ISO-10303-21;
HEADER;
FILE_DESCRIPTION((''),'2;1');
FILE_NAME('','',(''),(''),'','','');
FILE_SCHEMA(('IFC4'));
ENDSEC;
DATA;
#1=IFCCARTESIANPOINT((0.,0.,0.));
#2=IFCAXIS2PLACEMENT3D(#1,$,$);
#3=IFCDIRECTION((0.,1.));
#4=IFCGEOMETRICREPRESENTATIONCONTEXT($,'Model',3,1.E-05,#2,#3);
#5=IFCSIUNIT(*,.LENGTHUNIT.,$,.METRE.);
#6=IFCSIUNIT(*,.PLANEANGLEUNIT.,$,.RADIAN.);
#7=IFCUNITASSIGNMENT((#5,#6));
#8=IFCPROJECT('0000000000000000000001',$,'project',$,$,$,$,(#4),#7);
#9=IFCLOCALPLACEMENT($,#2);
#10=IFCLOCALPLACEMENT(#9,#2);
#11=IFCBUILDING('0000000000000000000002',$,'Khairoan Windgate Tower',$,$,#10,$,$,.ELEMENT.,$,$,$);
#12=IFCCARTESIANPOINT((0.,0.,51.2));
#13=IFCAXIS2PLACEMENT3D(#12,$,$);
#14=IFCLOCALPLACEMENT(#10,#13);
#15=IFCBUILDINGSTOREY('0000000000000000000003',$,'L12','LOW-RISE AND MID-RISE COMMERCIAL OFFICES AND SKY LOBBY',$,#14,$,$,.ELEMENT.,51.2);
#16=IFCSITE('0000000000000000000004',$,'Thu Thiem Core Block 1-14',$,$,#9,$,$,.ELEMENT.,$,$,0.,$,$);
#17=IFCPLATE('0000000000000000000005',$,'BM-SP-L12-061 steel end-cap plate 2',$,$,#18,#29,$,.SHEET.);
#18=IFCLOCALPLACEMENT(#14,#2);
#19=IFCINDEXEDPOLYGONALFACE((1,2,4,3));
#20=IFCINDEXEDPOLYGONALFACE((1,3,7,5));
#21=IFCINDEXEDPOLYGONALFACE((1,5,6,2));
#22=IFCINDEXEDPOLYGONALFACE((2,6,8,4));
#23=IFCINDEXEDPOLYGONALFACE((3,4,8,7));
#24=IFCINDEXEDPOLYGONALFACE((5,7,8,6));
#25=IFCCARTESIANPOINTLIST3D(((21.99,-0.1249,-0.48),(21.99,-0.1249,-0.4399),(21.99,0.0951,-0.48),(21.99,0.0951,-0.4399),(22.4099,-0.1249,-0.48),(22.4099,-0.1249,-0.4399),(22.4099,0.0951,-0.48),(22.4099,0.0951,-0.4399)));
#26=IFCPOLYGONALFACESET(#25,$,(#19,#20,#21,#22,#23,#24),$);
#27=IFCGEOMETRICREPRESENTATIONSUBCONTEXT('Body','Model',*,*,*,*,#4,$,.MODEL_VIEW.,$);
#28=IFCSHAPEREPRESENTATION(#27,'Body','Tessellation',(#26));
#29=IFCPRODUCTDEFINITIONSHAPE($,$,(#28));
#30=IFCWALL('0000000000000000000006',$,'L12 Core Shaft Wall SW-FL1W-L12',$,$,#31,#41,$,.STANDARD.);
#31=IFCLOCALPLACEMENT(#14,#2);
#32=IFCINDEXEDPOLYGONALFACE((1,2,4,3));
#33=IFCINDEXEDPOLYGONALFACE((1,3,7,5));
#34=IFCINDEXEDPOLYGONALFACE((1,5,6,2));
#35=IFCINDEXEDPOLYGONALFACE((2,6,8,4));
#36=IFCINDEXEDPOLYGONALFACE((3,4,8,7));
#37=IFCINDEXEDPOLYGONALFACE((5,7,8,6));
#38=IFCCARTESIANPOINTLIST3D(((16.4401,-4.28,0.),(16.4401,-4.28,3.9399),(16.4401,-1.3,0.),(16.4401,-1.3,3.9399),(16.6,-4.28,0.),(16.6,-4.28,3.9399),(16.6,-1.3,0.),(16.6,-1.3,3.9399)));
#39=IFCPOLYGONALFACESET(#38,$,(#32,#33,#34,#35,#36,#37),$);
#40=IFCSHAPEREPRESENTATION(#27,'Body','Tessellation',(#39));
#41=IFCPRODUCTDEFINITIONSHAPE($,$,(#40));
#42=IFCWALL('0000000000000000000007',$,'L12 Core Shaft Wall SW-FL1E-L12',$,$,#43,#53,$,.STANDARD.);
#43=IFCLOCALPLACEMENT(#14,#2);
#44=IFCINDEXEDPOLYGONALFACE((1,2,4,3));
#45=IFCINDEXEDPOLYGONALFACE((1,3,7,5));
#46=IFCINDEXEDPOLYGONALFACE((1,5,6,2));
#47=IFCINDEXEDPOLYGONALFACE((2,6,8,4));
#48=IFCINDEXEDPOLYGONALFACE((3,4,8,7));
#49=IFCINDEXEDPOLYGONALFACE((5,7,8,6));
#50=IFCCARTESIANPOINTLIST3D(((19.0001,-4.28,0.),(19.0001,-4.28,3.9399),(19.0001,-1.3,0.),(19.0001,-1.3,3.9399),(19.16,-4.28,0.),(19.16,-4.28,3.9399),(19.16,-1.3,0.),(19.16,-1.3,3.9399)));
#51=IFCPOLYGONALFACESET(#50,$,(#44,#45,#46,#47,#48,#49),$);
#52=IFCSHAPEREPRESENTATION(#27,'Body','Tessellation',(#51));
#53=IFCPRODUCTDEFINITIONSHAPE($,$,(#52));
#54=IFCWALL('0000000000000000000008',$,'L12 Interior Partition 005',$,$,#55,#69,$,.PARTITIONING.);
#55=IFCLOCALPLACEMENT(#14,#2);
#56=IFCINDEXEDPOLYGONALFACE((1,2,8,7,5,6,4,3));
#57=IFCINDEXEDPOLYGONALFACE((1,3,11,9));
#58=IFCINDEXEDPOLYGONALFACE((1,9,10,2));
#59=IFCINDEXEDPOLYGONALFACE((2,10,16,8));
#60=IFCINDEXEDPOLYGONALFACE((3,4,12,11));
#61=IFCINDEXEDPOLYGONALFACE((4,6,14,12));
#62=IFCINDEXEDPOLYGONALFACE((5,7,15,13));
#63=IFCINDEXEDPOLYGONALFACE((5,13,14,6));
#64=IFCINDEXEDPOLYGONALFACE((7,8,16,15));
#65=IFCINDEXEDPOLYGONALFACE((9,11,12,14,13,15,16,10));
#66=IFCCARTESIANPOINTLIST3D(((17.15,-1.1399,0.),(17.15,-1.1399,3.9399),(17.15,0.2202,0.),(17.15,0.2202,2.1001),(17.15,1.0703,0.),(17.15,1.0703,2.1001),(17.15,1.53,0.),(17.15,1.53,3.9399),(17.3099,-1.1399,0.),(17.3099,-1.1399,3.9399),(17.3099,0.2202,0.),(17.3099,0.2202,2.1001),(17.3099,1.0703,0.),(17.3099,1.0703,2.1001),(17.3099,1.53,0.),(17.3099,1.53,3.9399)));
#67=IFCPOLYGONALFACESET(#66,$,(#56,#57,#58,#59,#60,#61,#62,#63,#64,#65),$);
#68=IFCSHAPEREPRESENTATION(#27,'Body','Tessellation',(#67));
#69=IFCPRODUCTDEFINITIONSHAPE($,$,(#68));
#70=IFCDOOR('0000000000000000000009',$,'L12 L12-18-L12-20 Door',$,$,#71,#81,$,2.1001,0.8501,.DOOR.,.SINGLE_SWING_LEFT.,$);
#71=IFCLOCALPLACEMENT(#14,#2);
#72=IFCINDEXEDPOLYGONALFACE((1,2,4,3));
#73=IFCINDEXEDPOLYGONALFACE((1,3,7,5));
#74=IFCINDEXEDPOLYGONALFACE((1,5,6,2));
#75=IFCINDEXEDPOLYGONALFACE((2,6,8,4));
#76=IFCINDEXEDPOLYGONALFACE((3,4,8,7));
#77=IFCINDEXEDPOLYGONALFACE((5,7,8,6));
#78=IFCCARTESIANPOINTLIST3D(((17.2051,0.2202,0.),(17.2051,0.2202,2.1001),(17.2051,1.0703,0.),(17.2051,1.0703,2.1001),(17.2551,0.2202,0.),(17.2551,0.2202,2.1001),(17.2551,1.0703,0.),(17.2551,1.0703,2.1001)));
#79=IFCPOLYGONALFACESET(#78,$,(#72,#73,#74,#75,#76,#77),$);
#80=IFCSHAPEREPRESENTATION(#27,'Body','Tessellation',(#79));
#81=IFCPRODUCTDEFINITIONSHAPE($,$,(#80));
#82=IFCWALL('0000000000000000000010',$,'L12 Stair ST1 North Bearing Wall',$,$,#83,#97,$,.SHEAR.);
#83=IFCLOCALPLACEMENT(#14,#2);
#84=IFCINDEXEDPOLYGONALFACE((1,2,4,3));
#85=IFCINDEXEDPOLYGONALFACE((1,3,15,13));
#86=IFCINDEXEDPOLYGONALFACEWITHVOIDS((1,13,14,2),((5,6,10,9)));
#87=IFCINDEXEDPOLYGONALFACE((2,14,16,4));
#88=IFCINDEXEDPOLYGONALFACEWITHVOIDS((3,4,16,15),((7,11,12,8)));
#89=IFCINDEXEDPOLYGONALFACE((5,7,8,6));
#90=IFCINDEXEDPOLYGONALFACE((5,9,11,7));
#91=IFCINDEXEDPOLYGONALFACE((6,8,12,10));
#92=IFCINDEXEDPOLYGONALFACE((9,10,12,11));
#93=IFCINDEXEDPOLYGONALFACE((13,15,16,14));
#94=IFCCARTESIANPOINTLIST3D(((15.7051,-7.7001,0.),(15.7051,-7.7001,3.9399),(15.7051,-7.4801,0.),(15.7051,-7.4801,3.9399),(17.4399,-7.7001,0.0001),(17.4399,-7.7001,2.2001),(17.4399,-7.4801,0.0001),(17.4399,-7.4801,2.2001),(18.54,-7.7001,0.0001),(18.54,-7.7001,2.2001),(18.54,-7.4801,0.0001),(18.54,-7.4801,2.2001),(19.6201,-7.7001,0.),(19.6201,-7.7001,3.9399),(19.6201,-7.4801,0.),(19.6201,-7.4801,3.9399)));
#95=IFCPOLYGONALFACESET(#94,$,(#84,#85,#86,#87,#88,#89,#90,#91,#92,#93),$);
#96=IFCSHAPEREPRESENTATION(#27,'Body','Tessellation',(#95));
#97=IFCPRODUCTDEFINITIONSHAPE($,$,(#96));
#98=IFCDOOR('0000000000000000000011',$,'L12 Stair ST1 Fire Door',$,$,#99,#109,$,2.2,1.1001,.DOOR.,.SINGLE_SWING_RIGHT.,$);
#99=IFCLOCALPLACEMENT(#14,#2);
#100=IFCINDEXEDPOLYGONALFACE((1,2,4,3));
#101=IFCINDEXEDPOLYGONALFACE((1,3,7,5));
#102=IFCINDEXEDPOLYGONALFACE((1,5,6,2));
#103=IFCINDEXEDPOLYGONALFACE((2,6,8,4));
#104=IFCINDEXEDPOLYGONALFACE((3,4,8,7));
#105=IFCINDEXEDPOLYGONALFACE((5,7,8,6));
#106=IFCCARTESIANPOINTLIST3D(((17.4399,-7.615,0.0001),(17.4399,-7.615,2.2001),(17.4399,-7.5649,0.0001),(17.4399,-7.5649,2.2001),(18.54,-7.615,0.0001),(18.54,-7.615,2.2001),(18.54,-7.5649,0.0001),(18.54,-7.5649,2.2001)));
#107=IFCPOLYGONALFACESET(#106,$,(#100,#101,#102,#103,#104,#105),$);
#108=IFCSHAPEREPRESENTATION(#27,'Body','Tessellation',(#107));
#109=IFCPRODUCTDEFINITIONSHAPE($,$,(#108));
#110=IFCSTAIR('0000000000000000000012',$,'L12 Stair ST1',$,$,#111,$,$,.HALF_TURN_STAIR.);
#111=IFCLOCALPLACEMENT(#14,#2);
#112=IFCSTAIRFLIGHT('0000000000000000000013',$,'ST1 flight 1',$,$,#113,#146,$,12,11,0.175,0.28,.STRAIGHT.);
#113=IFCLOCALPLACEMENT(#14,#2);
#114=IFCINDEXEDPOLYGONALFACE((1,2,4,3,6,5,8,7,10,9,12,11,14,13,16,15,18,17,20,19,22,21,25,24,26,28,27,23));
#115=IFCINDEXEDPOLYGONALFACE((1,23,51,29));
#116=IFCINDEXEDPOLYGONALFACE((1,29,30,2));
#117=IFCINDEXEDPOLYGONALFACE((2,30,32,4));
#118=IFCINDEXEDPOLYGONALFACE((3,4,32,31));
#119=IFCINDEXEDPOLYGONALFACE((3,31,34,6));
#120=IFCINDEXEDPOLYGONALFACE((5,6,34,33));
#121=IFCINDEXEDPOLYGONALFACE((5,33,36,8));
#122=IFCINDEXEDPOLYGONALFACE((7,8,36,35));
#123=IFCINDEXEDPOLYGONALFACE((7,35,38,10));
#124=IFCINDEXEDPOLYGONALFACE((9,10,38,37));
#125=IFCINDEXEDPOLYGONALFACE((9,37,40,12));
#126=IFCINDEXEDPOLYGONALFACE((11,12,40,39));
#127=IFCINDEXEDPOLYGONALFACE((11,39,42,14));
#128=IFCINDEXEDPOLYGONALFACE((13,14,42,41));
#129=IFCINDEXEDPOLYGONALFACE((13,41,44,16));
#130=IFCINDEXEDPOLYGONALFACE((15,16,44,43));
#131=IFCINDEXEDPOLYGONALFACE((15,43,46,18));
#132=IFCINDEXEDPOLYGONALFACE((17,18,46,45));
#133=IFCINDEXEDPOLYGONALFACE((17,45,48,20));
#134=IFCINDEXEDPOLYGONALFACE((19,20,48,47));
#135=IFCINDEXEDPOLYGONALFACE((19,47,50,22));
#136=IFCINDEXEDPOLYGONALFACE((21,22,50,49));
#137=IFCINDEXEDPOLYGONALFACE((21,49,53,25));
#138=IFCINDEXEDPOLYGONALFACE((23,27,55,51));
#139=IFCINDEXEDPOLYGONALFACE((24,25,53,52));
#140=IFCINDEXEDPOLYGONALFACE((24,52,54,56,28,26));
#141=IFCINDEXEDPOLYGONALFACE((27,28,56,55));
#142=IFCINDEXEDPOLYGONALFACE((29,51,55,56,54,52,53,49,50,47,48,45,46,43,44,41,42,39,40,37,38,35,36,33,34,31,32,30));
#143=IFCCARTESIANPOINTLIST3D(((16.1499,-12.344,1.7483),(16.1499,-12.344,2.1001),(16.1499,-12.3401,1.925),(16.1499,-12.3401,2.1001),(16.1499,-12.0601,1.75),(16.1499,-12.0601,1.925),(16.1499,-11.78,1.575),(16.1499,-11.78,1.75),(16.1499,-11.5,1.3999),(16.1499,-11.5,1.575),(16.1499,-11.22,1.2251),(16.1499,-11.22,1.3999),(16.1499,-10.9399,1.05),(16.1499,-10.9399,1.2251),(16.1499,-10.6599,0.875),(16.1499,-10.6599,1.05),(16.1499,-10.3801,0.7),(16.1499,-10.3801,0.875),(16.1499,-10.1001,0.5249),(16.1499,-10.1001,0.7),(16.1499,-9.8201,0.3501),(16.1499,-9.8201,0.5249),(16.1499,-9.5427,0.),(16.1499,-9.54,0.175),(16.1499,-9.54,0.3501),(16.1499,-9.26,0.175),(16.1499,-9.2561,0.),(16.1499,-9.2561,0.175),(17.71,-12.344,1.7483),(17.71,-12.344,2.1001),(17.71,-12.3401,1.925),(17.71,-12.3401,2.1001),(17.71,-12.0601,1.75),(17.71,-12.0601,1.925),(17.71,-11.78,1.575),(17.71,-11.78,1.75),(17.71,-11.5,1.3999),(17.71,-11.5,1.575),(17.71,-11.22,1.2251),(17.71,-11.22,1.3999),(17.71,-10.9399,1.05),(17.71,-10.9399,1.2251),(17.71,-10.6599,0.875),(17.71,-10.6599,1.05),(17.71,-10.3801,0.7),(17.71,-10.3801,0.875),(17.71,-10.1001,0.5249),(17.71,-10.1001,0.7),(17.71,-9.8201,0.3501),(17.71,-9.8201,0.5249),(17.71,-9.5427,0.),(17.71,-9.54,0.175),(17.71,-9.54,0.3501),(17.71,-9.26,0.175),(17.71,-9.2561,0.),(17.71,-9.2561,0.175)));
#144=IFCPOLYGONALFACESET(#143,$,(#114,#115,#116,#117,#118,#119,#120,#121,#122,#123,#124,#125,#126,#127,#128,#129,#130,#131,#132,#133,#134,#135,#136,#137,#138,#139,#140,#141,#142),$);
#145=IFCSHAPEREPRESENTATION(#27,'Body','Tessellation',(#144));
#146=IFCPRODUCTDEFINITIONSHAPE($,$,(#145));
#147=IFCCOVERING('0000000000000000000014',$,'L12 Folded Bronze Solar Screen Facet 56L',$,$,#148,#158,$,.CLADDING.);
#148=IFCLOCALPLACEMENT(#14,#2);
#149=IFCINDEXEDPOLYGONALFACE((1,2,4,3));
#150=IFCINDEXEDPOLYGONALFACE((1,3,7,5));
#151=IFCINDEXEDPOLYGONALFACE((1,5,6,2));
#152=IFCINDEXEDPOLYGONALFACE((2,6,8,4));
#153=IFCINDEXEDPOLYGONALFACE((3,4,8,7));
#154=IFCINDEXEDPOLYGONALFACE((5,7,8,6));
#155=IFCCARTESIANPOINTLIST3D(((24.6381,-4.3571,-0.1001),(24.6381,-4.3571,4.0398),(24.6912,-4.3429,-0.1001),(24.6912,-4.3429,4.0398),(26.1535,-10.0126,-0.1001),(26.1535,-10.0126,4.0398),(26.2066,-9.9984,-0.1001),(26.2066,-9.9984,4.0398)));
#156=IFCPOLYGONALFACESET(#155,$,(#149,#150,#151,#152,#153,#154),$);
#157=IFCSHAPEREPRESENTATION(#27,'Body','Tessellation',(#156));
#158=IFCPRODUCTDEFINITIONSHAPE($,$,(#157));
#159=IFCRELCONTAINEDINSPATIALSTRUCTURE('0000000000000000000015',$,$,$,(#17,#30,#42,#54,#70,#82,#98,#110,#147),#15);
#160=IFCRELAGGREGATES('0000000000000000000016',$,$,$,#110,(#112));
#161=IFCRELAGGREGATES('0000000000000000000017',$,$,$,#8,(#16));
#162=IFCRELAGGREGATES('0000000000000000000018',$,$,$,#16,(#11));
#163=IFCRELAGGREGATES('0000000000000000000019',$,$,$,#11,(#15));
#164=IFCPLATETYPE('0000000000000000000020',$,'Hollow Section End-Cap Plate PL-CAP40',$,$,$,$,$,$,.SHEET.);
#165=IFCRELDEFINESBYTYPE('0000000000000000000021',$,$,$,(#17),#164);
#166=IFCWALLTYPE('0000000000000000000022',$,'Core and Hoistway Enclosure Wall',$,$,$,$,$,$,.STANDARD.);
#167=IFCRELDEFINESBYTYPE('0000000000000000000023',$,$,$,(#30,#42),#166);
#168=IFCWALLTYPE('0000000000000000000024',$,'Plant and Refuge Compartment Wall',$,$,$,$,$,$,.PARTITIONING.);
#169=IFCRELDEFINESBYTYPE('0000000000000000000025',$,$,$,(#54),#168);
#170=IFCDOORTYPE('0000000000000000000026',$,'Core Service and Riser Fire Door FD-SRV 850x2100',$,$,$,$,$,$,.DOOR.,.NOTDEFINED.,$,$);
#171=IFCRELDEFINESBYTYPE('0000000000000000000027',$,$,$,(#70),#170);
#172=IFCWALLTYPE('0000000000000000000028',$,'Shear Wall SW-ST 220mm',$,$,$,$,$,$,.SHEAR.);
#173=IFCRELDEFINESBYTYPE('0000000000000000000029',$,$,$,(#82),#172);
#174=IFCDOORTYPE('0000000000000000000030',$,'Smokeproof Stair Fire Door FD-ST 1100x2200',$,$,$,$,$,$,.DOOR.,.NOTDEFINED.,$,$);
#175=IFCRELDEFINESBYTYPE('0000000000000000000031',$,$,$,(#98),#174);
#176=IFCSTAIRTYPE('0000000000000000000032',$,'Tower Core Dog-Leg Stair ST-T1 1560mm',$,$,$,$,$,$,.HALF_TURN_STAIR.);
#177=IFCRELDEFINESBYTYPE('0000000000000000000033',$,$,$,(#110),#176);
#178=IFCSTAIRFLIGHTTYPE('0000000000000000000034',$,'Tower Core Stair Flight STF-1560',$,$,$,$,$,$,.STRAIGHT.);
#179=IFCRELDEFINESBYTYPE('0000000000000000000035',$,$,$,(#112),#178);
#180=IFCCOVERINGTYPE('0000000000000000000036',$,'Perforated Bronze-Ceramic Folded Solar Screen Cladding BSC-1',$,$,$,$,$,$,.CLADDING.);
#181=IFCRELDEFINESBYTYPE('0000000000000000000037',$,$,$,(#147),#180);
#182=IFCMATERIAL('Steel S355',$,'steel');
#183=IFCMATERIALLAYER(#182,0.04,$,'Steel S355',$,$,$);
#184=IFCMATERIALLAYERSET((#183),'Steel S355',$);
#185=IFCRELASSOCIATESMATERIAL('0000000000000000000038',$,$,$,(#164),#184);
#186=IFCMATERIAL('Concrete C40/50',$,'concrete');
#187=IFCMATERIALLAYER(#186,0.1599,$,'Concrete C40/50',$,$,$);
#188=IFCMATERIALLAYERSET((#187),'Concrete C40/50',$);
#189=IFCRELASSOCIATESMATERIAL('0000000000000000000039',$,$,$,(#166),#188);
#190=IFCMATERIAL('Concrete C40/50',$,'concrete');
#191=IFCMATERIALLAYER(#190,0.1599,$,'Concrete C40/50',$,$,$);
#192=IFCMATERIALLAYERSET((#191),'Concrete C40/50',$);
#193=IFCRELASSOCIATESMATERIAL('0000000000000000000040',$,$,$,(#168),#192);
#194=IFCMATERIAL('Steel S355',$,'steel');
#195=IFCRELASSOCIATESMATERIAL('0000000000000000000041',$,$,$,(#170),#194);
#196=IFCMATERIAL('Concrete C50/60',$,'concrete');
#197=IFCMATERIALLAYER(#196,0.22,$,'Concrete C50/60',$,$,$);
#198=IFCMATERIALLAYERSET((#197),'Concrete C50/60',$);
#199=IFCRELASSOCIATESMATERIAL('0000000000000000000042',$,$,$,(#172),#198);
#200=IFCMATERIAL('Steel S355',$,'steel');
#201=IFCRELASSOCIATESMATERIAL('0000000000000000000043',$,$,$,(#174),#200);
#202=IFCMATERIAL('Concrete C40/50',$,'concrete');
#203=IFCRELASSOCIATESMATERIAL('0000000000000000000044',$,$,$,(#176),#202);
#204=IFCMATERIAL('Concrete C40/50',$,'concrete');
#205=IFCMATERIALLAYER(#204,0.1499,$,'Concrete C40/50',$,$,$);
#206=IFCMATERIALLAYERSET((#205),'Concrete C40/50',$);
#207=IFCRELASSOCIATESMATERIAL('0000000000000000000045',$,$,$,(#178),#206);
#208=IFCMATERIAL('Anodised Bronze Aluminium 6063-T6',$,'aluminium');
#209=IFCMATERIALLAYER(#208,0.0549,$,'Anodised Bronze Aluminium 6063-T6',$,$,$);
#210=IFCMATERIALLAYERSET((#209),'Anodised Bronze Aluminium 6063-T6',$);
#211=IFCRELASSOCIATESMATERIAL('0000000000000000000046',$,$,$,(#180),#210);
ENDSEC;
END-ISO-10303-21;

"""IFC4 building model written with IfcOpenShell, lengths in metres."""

from ifc_helpers import new_model, si_unit, direction, frame, frame_2d, origin, origin_2d, place, context, subcontext, project, spatial, polyline, rectangle, outline, extrude, material, layer, layer_set, type_object, element, fill, aggregate, save


model = new_model("IFC4")

# Units and contexts
model_context = context("Model", 3, precision=1e-05, world=origin(), true_north=direction((0.0, 1.0)))
body_context = subcontext(model_context, "Body", "Model", "MODEL_VIEW")
ifc_project = project(units=[si_unit("LENGTHUNIT", "METRE"), si_unit("PLANEANGLEUNIT", "RADIAN")], contexts=[model_context])

# Site, building, storey
site_placement = place(None, origin())
site = spatial("IfcSite", under=ifc_project, at=site_placement, Name="Thu Thiem Core Block 1-14", CompositionType="ELEMENT", RefElevation=0.0)
building_placement = place(site_placement, origin())
building = spatial("IfcBuilding", under=site, at=building_placement, Name="Khairoan Windgate Tower", CompositionType="ELEMENT")
storey_placement = place(building_placement, frame((0.0, 0.0, 51.2)))
storey = spatial("IfcBuildingStorey", under=building, at=storey_placement, Name="L12", Description="LOW-RISE AND MID-RISE COMMERCIAL OFFICES AND SKY LOBBY", CompositionType="ELEMENT", Elevation=51.2)

# Plate
ifc_material_1 = material(Name="Steel S355", Category="steel")
ifc_layer_1 = layer(ifc_material_1, 0.04, Name="Steel S355")
ifc_layer_set_1 = layer_set([ifc_layer_1], Name="Steel S355")
plate_type = type_object("IfcPlateType", Name="Hollow Section End-Cap Plate PL-CAP40", PredefinedType="SHEET", material=ifc_layer_set_1)
for number, where, z_axis, x_axis, name in (
    (1, (22.2, -0.0149, -0.48), (0.0, 0.0, 1.0), (0.0, 1.0, 0.0), "BM-SP-L12-061 steel end-cap plate 2"),
):
    element("IfcPlate", number, at=place(storey_placement, frame(where, z_axis=z_axis, x_axis=x_axis)), inside=storey, type_object=plate_type, Name=name, PredefinedType="SHEET", context=body_context, shape_type="SweptSolid", body=[
        extrude(rectangle(XDim=0.22, YDim=0.4199, at=origin_2d()), origin(), (0.0, 0.0, 1.0), 0.04),
    ])

# Walls
ifc_material_2 = material(Name="Concrete C40/50", Category="concrete")
ifc_layer_2 = layer(ifc_material_2, 0.1599, Name="Concrete C40/50")
ifc_layer_set_2 = layer_set([ifc_layer_2], Name="Concrete C40/50")
wall_type_1 = type_object("IfcWallType", Name="Core and Hoistway Enclosure Wall", PredefinedType="STANDARD", material=ifc_layer_set_2)
for number, where, z_axis, x_axis, name in (
    (2, (16.52, -4.28, 0.0), (0.0, 0.0, 1.0), (0.0, 1.0, 0.0), "L12 Core Shaft Wall SW-FL1W-L12"),
    (3, (19.0801, -4.28, 0.0), (0.0, 0.0, 1.0), (0.0, 1.0, 0.0), "L12 Core Shaft Wall SW-FL1E-L12"),
):
    element("IfcWall", number, at=place(storey_placement, frame(where, z_axis=z_axis, x_axis=x_axis)), inside=storey, type_object=wall_type_1, Name=name, PredefinedType="STANDARD", context=body_context, shape_type="SweptSolid", body=[
        extrude(rectangle(XDim=2.98, YDim=0.1599, at=frame_2d((1.49, 0.0))), origin(), (0.0, 0.0, 1.0), 3.9399),
    ])

# Walls, openings, doors
ifc_material_3 = material(Name="Concrete C40/50", Category="concrete")
ifc_layer_3 = layer(ifc_material_3, 0.1599, Name="Concrete C40/50")
ifc_layer_set_3 = layer_set([ifc_layer_3], Name="Concrete C40/50")
wall_type_2 = type_object("IfcWallType", Name="Plant and Refuge Compartment Wall", PredefinedType="PARTITIONING", material=ifc_layer_set_3)
wall_1_placement = place(storey_placement, frame((17.23, -1.1399, 0.0), z_axis=(0.0, 0.0, 1.0), x_axis=(0.0, 1.0, 0.0)))
wall_1 = element("IfcWall", 4, at=wall_1_placement, inside=storey, type_object=wall_type_2, Name="L12 Interior Partition 005", PredefinedType="PARTITIONING", context=body_context, shape_type="SweptSolid", body=[
    extrude(rectangle(XDim=2.6699, YDim=0.1599, at=frame_2d((1.335, 0.0))), origin(), (0.0, 0.0, 1.0), 3.9399),
])
opening_1_placement = place(wall_1_placement, frame((1.3601, 0.0, 0.0)))
opening_1 = element("IfcOpeningElement", 5, at=opening_1_placement, cuts=wall_1, PredefinedType="OPENING", context=body_context, shape_type="SweptSolid", body=[
    extrude(rectangle(XDim=0.8501, YDim=2.1001, at=frame_2d((0.425, 1.05))), frame((0.0, 0.0898, 0.0), z_axis=(0.0, -1.0, 0.0), x_axis=(1.0, 0.0, 0.0)), (0.0, 0.0, 1.0), 0.1799),
])
ifc_material_4 = material(Name="Steel S355", Category="steel")
door_type_1 = type_object("IfcDoorType", Name="Core Service and Riser Fire Door FD-SRV 850x2100", OperationType="NOTDEFINED", PredefinedType="DOOR", material=ifc_material_4)
door_1_placement = place(opening_1_placement, origin())
door_1 = element("IfcDoor", 6, at=door_1_placement, inside=storey, type_object=door_type_1, Name="L12 L12-18-L12-20 Door", OperationType="SINGLE_SWING_LEFT", OverallHeight=2.1001, OverallWidth=0.8501, PredefinedType="DOOR", context=body_context, shape_type="SweptSolid", body=[
    extrude(rectangle(XDim=0.8501, YDim=2.1001, at=frame_2d((0.425, 1.05))), frame((0.0, 0.0249, 0.0), z_axis=(0.0, -1.0, 0.0), x_axis=(1.0, 0.0, 0.0)), (0.0, 0.0, 1.0), 0.05),
])
fill(opening_1, door_1)
ifc_material_5 = material(Name="Concrete C50/60", Category="concrete")
ifc_layer_4 = layer(ifc_material_5, 0.22, Name="Concrete C50/60")
ifc_layer_set_4 = layer_set([ifc_layer_4], Name="Concrete C50/60")
wall_type_3 = type_object("IfcWallType", Name="Shear Wall SW-ST 220mm", PredefinedType="SHEAR", material=ifc_layer_set_4)
wall_2_placement = place(storey_placement, frame((19.6201, -7.5901, 0.0), z_axis=(0.0, 0.0, 1.0), x_axis=(-1.0, 0.0, 0.0)))
wall_2 = element("IfcWall", 7, at=wall_2_placement, inside=storey, type_object=wall_type_3, Name="L12 Stair ST1 North Bearing Wall", PredefinedType="SHEAR", context=body_context, shape_type="SweptSolid", body=[
    extrude(rectangle(XDim=3.915, YDim=0.22, at=frame_2d((1.9575, 0.0))), origin(), (0.0, 0.0, 1.0), 3.9399),
])
opening_2_placement = place(wall_2_placement, frame((1.0801, 0.0, 0.0)))
opening_2 = element("IfcOpeningElement", 8, at=opening_2_placement, cuts=wall_2, PredefinedType="OPENING", context=body_context, shape_type="SweptSolid", body=[
    extrude(rectangle(XDim=1.1001, YDim=2.2, at=frame_2d((0.55, 1.1001))), frame((0.0, 0.1199, 0.0), z_axis=(0.0, -1.0, 0.0), x_axis=(1.0, 0.0, 0.0)), (0.0, 0.0, 1.0), 0.24),
])
ifc_material_6 = material(Name="Steel S355", Category="steel")
door_type_2 = type_object("IfcDoorType", Name="Smokeproof Stair Fire Door FD-ST 1100x2200", OperationType="NOTDEFINED", PredefinedType="DOOR", material=ifc_material_6)
door_2_placement = place(opening_2_placement, origin())
door_2 = element("IfcDoor", 9, at=door_2_placement, inside=storey, type_object=door_type_2, Name="L12 Stair ST1 Fire Door", OperationType="SINGLE_SWING_RIGHT", OverallHeight=2.2, OverallWidth=1.1001, PredefinedType="DOOR", context=body_context, shape_type="SweptSolid", body=[
    extrude(rectangle(XDim=1.1001, YDim=2.2, at=frame_2d((0.55, 1.1001))), frame((0.0, 0.0249, 0.0), z_axis=(0.0, -1.0, 0.0), x_axis=(1.0, 0.0, 0.0)), (0.0, 0.0, 1.0), 0.05),
])
fill(opening_2, door_2)

# Stair, stair flight
ifc_material_7 = material(Name="Concrete C40/50", Category="concrete")
stair_type = type_object("IfcStairType", Name="Tower Core Dog-Leg Stair ST-T1 1560mm", PredefinedType="HALF_TURN_STAIR", material=ifc_material_7)
stair_placement = place(storey_placement, origin())
stair = element("IfcStair", 10, at=stair_placement, inside=storey, type_object=stair_type, Name="L12 Stair ST1", PredefinedType="HALF_TURN_STAIR")
ifc_material_8 = material(Name="Concrete C40/50", Category="concrete")
ifc_layer_5 = layer(ifc_material_8, 0.1499, Name="Concrete C40/50")
ifc_layer_set_5 = layer_set([ifc_layer_5], Name="Concrete C40/50")
stair_flight_type = type_object("IfcStairFlightType", Name="Tower Core Stair Flight STF-1560", PredefinedType="STRAIGHT", material=ifc_layer_set_5)
stair_flight_placement = place(storey_placement, frame((16.9299, -9.26, 0.0), z_axis=(0.0, 0.0, 1.0), x_axis=(0.0, -1.0, 0.0)))
stair_flight = element("IfcStairFlight", 11, at=stair_flight_placement, type_object=stair_flight_type, Name="ST1 flight 1", NumberOfRisers=12, NumberOfTreads=11, PredefinedType="STRAIGHT", RiserHeight=0.175, TreadLength=0.28, context=body_context, shape_type="SweptSolid", body=[
    extrude(outline(polyline([(-0.0039, 0.0), (-0.0039, 0.175), (0.0, 0.175), (0.28, 0.175), (0.28, 0.3501), (0.5601, 0.3501), (0.5601, 0.5249), (0.8401, 0.5249), (0.8401, 0.7), (1.1201, 0.7), (1.1201, 0.875), (1.3999, 0.875), (1.3999, 1.05), (1.6799, 1.05), (1.6799, 1.2251), (1.96, 1.2251), (1.96, 1.3999), (2.24, 1.3999), (2.24, 1.575), (2.52, 1.575), (2.52, 1.75), (2.8, 1.75), (2.8, 1.925), (3.0801, 1.925), (3.0801, 2.1001), (3.084, 2.1001), (3.084, 1.7483), (0.2827, 0.0), (-0.0039, 0.0)])), frame((0.0, 0.78, 0.0), z_axis=(0.0, -1.0, 0.0), x_axis=(1.0, 0.0, 0.0)), (0.0, 0.0, 1.0), 1.5601),
])
aggregate(stair, [stair_flight])

# Covering
ifc_material_9 = material(Name="Anodised Bronze Aluminium 6063-T6", Category="aluminium")
ifc_layer_6 = layer(ifc_material_9, 0.0549, Name="Anodised Bronze Aluminium 6063-T6")
ifc_layer_set_6 = layer_set([ifc_layer_6], Name="Anodised Bronze Aluminium 6063-T6")
covering_type = type_object("IfcCoveringType", Name="Perforated Bronze-Ceramic Folded Solar Screen Cladding BSC-1", PredefinedType="CLADDING", material=ifc_layer_set_6)
covering_placement = place(storey_placement, frame((25.4224, -7.1777, -0.1001), z_axis=(0.0, 0.0, 1.0), x_axis=(0.258819, -0.965926, 0.0)))
element("IfcCovering", 12, at=covering_placement, inside=storey, type_object=covering_type, Name="L12 Folded Bronze Solar Screen Facet 56L", PredefinedType="CLADDING", context=body_context, shape_type="SweptSolid", body=[
    extrude(rectangle(XDim=5.855, YDim=0.0549, at=origin_2d()), origin(), (0.0, 0.0, 1.0), 4.1399),
])

save(model, "model.ifc")
